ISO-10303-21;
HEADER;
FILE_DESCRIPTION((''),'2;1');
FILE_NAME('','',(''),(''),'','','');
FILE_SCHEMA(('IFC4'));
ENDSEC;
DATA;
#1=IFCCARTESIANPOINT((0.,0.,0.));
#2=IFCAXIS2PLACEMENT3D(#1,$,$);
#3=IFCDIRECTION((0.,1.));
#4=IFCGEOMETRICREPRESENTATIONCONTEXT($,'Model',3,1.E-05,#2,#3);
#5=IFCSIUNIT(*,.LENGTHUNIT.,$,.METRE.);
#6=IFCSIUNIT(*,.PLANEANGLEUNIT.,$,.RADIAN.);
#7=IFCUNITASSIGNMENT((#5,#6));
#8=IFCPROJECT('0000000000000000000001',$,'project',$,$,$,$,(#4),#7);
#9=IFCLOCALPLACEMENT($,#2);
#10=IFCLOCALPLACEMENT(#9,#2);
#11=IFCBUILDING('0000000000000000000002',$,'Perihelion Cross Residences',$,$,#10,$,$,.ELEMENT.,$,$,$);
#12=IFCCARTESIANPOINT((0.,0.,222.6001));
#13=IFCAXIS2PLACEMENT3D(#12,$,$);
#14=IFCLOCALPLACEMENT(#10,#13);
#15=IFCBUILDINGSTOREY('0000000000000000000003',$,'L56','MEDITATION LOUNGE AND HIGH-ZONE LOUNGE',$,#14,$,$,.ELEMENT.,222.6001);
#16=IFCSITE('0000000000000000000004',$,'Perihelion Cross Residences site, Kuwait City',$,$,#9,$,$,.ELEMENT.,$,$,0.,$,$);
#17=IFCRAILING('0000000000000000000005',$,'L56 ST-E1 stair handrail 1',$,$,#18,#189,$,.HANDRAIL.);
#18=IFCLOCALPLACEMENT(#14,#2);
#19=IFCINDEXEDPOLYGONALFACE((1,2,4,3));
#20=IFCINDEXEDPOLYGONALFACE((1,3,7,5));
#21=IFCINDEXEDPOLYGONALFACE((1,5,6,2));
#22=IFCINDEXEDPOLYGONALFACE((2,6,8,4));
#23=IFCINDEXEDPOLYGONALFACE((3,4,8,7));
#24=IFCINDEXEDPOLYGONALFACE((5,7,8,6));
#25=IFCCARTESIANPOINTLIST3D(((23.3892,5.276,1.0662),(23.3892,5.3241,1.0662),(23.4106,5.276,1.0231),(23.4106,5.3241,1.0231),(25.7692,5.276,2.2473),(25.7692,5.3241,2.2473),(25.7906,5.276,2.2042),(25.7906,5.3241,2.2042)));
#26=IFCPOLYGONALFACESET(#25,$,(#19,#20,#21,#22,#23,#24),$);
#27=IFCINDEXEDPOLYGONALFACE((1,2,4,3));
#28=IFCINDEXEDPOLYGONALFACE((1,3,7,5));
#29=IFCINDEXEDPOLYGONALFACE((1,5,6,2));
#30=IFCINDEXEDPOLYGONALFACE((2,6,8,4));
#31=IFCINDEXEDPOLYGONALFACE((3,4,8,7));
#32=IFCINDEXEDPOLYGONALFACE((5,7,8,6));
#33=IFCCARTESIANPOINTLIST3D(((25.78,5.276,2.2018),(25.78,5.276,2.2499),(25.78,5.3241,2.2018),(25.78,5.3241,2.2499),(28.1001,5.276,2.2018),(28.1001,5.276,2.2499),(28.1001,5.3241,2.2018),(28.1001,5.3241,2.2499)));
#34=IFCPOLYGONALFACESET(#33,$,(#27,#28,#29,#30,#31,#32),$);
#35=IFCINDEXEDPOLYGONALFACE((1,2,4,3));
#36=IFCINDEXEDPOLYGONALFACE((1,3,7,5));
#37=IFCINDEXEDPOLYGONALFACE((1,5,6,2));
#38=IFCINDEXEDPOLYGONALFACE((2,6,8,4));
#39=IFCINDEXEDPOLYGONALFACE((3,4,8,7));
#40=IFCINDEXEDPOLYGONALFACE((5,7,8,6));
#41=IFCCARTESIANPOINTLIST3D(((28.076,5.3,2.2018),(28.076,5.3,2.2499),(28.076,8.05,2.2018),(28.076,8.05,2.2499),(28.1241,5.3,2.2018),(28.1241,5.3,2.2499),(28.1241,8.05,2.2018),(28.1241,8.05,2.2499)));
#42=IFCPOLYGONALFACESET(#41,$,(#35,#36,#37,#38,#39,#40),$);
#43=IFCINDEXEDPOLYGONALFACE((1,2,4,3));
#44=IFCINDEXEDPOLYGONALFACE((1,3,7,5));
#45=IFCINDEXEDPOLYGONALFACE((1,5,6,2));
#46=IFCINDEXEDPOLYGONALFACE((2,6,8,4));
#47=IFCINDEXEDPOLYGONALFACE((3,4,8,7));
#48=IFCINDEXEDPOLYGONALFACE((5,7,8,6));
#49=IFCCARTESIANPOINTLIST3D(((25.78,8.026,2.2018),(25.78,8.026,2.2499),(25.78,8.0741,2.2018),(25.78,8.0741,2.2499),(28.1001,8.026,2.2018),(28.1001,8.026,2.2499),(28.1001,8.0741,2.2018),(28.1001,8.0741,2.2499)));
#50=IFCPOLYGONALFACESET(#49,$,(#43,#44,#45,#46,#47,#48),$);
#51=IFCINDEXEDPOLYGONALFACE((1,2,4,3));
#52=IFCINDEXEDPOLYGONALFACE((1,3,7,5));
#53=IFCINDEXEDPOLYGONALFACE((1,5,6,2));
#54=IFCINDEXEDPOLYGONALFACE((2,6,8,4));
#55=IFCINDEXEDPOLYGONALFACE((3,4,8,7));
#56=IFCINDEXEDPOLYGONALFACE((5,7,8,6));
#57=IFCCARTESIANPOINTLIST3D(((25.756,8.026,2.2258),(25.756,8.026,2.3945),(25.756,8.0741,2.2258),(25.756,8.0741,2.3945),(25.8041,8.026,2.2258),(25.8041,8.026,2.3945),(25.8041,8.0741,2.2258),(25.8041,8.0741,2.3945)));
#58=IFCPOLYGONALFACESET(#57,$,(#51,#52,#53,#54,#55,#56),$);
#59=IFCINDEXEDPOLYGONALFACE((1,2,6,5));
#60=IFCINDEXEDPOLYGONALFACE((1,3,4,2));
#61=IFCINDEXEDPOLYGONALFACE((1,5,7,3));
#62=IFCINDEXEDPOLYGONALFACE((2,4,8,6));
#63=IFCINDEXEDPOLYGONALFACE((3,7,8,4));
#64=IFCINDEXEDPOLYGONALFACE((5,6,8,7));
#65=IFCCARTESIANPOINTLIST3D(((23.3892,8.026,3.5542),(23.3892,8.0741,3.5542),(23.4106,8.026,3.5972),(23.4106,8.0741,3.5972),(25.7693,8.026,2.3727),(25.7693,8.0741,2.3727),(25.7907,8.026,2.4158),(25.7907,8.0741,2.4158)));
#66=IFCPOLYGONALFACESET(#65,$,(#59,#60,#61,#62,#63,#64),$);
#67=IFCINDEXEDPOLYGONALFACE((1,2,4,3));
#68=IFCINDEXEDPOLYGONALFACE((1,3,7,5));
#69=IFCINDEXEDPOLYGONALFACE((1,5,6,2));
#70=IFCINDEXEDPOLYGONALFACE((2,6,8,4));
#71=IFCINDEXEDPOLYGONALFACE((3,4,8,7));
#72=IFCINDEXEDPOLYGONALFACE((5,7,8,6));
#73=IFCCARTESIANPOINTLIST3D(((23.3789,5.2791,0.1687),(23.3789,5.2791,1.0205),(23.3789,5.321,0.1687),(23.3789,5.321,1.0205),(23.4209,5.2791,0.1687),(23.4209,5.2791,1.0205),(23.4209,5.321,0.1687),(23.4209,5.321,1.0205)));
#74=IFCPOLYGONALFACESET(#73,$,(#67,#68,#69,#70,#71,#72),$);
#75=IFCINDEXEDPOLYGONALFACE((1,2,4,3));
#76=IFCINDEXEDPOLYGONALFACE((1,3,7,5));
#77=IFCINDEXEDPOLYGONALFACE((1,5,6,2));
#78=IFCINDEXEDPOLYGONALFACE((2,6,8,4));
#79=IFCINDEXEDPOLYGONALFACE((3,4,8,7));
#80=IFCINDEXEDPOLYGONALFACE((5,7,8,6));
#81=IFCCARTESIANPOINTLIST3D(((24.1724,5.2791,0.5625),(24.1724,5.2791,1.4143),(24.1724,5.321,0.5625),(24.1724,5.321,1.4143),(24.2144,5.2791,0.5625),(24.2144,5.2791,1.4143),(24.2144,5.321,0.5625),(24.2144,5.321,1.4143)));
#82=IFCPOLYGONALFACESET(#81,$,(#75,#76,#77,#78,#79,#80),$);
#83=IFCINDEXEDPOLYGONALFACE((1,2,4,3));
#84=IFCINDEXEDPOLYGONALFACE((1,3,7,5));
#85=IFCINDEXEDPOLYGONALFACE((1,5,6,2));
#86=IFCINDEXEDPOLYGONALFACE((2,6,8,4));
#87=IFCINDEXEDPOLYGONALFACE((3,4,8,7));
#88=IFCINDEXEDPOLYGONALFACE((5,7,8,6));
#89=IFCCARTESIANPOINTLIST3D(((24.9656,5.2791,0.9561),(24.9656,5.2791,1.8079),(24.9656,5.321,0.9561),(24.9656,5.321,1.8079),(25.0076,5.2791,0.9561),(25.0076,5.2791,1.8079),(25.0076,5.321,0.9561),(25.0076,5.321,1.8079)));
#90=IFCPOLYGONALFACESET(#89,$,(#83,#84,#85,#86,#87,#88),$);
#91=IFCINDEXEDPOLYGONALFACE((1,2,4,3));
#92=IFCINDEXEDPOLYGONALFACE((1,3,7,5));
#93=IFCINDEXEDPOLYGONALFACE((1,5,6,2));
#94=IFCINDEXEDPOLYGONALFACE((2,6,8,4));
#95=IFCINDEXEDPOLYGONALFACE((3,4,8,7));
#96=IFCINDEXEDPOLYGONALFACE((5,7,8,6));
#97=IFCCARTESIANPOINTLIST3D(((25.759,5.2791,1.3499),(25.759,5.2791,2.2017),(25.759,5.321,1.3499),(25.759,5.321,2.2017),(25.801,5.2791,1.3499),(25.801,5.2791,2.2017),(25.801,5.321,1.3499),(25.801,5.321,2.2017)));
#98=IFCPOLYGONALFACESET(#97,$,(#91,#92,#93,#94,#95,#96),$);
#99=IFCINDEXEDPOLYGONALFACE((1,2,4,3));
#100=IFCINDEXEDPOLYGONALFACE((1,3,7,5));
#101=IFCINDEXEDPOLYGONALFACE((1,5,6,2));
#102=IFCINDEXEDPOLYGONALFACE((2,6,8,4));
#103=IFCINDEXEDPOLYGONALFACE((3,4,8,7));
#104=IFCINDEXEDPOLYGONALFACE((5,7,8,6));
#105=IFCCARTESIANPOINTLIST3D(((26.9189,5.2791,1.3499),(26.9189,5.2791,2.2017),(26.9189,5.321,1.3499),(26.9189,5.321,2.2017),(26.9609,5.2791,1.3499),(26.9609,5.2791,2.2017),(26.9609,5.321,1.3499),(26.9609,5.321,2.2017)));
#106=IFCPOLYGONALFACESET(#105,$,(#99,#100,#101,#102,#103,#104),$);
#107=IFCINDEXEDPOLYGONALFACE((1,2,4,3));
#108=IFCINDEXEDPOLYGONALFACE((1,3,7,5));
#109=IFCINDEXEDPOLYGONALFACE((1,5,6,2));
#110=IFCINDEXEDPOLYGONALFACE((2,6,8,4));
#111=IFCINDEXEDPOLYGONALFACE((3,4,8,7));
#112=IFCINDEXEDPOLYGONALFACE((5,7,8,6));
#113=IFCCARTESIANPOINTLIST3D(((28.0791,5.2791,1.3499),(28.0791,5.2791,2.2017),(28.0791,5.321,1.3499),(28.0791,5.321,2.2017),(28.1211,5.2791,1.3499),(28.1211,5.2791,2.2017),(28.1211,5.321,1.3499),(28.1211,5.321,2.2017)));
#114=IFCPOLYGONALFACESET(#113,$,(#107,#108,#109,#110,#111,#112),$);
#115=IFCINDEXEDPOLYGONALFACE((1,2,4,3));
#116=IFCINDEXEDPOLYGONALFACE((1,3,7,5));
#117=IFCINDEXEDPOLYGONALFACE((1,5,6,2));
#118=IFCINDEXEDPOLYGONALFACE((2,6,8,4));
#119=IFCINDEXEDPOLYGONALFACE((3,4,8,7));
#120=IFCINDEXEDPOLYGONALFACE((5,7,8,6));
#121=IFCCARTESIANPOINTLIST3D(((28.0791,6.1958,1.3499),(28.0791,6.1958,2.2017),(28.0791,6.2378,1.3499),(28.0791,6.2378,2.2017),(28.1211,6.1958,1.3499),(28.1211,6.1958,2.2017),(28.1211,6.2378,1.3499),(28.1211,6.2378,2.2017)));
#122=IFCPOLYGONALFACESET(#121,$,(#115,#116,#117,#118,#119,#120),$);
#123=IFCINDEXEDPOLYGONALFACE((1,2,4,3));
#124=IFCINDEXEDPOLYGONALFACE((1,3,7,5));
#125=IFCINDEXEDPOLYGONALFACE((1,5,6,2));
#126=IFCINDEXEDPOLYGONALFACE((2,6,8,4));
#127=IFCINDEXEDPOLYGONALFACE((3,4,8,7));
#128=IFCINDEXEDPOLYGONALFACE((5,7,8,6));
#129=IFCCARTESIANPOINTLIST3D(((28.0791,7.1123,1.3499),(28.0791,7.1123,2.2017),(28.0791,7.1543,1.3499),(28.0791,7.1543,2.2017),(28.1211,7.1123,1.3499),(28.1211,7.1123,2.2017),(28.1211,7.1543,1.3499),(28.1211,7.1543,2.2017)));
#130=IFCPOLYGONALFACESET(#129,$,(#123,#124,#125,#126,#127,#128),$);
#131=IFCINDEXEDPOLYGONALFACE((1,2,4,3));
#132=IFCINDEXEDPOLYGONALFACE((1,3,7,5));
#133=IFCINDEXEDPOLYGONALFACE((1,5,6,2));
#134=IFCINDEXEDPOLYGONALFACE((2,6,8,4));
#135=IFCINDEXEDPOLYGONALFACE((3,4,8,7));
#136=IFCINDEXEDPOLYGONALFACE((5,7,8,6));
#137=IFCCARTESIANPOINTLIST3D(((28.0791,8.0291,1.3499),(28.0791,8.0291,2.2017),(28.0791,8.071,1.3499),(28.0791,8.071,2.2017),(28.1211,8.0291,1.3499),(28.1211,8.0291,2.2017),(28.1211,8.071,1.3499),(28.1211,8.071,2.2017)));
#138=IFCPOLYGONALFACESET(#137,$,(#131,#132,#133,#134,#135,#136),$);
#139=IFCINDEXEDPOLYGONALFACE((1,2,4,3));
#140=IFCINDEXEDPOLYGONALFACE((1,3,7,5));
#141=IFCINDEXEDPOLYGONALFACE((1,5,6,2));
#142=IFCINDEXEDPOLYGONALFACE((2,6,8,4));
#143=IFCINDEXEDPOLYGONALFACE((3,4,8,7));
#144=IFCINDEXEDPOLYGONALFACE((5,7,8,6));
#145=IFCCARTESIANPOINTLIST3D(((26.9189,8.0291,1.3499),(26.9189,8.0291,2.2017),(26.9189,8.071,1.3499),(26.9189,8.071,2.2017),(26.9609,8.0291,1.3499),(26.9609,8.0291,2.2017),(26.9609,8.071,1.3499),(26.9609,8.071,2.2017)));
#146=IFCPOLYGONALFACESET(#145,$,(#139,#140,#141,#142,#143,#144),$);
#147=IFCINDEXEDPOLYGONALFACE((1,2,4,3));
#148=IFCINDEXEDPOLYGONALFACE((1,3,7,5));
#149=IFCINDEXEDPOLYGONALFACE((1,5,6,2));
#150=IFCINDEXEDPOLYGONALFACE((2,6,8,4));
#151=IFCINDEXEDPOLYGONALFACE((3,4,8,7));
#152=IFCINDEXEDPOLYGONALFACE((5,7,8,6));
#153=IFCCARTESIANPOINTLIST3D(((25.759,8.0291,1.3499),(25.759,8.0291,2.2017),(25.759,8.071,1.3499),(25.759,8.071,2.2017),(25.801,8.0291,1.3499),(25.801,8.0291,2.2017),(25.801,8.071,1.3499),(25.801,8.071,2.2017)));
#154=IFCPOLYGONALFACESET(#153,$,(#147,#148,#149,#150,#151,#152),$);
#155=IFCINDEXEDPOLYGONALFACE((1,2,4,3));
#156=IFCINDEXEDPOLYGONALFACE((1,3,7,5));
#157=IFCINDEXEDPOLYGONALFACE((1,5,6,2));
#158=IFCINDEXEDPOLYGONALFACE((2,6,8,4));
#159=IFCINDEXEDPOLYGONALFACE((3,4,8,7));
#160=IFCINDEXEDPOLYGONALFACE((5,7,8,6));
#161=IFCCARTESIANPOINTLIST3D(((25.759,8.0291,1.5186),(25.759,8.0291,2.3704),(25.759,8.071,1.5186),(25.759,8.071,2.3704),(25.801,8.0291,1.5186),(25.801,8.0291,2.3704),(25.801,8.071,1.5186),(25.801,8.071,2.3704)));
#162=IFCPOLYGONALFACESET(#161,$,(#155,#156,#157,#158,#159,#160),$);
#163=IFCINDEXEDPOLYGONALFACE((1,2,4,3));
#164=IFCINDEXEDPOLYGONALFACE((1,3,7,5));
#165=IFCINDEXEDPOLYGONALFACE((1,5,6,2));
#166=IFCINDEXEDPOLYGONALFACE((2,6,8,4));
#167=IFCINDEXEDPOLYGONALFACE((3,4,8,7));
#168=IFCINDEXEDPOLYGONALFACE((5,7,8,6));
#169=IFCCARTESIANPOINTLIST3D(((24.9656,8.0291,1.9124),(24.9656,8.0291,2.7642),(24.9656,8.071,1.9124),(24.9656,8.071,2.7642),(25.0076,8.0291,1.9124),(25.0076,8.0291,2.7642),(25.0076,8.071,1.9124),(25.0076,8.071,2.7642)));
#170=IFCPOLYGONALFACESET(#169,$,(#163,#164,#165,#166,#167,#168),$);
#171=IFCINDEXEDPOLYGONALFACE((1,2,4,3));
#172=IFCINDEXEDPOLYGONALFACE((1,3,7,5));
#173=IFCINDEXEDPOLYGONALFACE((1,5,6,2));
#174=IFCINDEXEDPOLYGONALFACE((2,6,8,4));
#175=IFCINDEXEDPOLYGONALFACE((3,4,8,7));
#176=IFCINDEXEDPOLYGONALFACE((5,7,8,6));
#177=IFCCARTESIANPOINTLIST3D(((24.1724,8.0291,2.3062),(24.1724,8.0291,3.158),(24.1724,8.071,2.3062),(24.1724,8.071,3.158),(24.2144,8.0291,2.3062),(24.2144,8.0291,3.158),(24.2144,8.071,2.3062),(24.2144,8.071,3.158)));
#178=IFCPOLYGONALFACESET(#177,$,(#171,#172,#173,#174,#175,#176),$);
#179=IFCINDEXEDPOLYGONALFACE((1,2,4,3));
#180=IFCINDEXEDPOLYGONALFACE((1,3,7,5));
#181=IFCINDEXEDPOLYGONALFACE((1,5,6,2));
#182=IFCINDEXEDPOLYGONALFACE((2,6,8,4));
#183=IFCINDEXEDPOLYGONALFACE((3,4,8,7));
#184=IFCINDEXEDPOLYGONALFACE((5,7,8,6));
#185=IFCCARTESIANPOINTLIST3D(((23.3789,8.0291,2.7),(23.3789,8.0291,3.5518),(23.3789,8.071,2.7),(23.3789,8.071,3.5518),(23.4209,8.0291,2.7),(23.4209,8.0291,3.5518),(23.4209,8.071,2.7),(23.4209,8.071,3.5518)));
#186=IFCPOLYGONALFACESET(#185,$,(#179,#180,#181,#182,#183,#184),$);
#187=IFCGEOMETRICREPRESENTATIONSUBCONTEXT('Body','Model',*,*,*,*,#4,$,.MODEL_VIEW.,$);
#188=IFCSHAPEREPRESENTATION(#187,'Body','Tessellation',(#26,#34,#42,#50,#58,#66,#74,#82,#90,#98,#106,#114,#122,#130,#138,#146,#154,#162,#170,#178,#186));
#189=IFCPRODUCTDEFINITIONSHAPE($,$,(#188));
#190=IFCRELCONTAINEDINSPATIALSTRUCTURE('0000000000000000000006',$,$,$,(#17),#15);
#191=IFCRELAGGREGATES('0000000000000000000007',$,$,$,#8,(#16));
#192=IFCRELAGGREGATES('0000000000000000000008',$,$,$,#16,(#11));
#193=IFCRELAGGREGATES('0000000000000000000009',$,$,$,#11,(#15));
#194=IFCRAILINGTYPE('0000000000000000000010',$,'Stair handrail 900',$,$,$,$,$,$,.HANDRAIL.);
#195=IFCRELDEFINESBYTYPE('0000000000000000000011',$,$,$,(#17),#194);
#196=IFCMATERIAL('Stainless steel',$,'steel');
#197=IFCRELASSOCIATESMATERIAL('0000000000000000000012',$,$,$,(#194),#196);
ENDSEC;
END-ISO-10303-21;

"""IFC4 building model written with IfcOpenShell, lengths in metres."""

from ifc_helpers import new_model, si_unit, direction, frame, origin, origin_2d, place, context, subcontext, project, spatial, rectangle, extrude, material, type_object, element, save


model = new_model("IFC4")

# Units and contexts
model_context = context("Model", 3, precision=1e-05, world=origin(), true_north=direction((0.0, 1.0)))
body_context = subcontext(model_context, "Body", "Model", "MODEL_VIEW")
ifc_project = project(units=[si_unit("LENGTHUNIT", "METRE"), si_unit("PLANEANGLEUNIT", "RADIAN")], contexts=[model_context])

# Site, building, storey
site_placement = place(None, origin())
site = spatial("IfcSite", under=ifc_project, at=site_placement, Name="Perihelion Cross Residences site, Kuwait City", CompositionType="ELEMENT", RefElevation=0.0)
building_placement = place(site_placement, origin())
building = spatial("IfcBuilding", under=site, at=building_placement, Name="Perihelion Cross Residences", CompositionType="ELEMENT")
storey_placement = place(building_placement, frame((0.0, 0.0, 222.6001)))
storey = spatial("IfcBuildingStorey", under=building, at=storey_placement, Name="L56", Description="MEDITATION LOUNGE AND HIGH-ZONE LOUNGE", CompositionType="ELEMENT", Elevation=222.6001)

# Railing
ifc_material_1 = material(Name="Stainless steel", Category="steel")
railing_type_1 = type_object("IfcRailingType", Name="Stair handrail 900", PredefinedType="HANDRAIL", material=ifc_material_1)
railing_1_placement = place(storey_placement, frame((23.3999, 5.3, 0.1687)))
element("IfcRailing", 1, at=railing_1_placement, inside=storey, type_object=railing_type_1, Name="L56 ST-E1 stair handrail 1", PredefinedType="HANDRAIL", context=body_context, shape_type="SweptSolid", body=[
    extrude(rectangle(XDim=0.0481, YDim=0.0481, at=origin_2d()), frame((0.0, 0.0, 0.876), z_axis=(0.895765, 0.0, 0.444529), x_axis=(0.0, 1.0, 0.0)), (0.0, 0.0, 1.0), 2.657),
    extrude(rectangle(XDim=0.0481, YDim=0.0481, at=origin_2d()), frame((2.3801, 0.0, 2.0571), z_axis=(1.0, 0.0, 0.0), x_axis=(0.0, 1.0, 0.0)), (0.0, 0.0, 1.0), 2.3201),
    extrude(rectangle(XDim=0.0481, YDim=0.0481, at=origin_2d()), frame((4.7002, 0.0, 2.0571), z_axis=(0.0, 1.0, 0.0), x_axis=(-1.0, 0.0, 0.0)), (0.0, 0.0, 1.0), 2.75),
    extrude(rectangle(XDim=0.0481, YDim=0.0481, at=origin_2d()), frame((4.7002, 2.75, 2.0571), z_axis=(-1.0, 0.0, 0.0), x_axis=(0.0, -1.0, 0.0)), (0.0, 0.0, 1.0), 2.3201),
    extrude(rectangle(XDim=0.0481, YDim=0.0481, at=origin_2d()), frame((2.3801, 2.75, 2.0571), z_axis=(0.0, 0.0, 1.0), x_axis=(1.0, 0.0, 0.0)), (0.0, 0.0, 1.0), 0.1687),
    extrude(rectangle(XDim=0.0481, YDim=0.0481, at=origin_2d()), frame((2.3801, 2.75, 2.2256), z_axis=(-0.895728, 0.0, 0.444602), x_axis=(0.0, -1.0, 0.0)), (0.0, 0.0, 1.0), 2.6572),
    extrude(rectangle(XDim=0.042, YDim=0.042, at=origin_2d()), origin(), (0.0, 0.0, 1.0), 0.8518),
    extrude(rectangle(XDim=0.042, YDim=0.042, at=origin_2d()), frame((0.7935, 0.0, 0.3938)), (0.0, 0.0, 1.0), 0.8518),
    extrude(rectangle(XDim=0.042, YDim=0.042, at=origin_2d()), frame((1.5867, 0.0, 0.7874)), (0.0, 0.0, 1.0), 0.8518),
    extrude(rectangle(XDim=0.042, YDim=0.042, at=origin_2d()), frame((2.3801, 0.0, 1.1812)), (0.0, 0.0, 1.0), 0.8518),
    extrude(rectangle(XDim=0.042, YDim=0.042, at=origin_2d()), frame((3.54, 0.0, 1.1812)), (0.0, 0.0, 1.0), 0.8518),
    extrude(rectangle(XDim=0.042, YDim=0.042, at=origin_2d()), frame((4.7002, 0.0, 1.1812)), (0.0, 0.0, 1.0), 0.8518),
    extrude(rectangle(XDim=0.042, YDim=0.042, at=origin_2d()), frame((4.7002, 0.9167, 1.1812)), (0.0, 0.0, 1.0), 0.8518),
    extrude(rectangle(XDim=0.042, YDim=0.042, at=origin_2d()), frame((4.7002, 1.8333, 1.1812)), (0.0, 0.0, 1.0), 0.8518),
    extrude(rectangle(XDim=0.042, YDim=0.042, at=origin_2d()), frame((4.7002, 2.75, 1.1812)), (0.0, 0.0, 1.0), 0.8518),
    extrude(rectangle(XDim=0.042, YDim=0.042, at=origin_2d()), frame((3.54, 2.75, 1.1812)), (0.0, 0.0, 1.0), 0.8518),
    extrude(rectangle(XDim=0.042, YDim=0.042, at=origin_2d()), frame((2.3801, 2.75, 1.1812)), (0.0, 0.0, 1.0), 0.8518),
    extrude(rectangle(XDim=0.042, YDim=0.042, at=origin_2d()), frame((2.3801, 2.75, 1.3499)), (0.0, 0.0, 1.0), 0.8518),
    extrude(rectangle(XDim=0.042, YDim=0.042, at=origin_2d()), frame((1.5867, 2.75, 1.7437)), (0.0, 0.0, 1.0), 0.8518),
    extrude(rectangle(XDim=0.042, YDim=0.042, at=origin_2d()), frame((0.7935, 2.75, 2.1375)), (0.0, 0.0, 1.0), 0.8518),
    extrude(rectangle(XDim=0.042, YDim=0.042, at=origin_2d()), frame((0.0, 2.75, 2.5312)), (0.0, 0.0, 1.0), 0.8518),
])

save(model, "model.ifc")
